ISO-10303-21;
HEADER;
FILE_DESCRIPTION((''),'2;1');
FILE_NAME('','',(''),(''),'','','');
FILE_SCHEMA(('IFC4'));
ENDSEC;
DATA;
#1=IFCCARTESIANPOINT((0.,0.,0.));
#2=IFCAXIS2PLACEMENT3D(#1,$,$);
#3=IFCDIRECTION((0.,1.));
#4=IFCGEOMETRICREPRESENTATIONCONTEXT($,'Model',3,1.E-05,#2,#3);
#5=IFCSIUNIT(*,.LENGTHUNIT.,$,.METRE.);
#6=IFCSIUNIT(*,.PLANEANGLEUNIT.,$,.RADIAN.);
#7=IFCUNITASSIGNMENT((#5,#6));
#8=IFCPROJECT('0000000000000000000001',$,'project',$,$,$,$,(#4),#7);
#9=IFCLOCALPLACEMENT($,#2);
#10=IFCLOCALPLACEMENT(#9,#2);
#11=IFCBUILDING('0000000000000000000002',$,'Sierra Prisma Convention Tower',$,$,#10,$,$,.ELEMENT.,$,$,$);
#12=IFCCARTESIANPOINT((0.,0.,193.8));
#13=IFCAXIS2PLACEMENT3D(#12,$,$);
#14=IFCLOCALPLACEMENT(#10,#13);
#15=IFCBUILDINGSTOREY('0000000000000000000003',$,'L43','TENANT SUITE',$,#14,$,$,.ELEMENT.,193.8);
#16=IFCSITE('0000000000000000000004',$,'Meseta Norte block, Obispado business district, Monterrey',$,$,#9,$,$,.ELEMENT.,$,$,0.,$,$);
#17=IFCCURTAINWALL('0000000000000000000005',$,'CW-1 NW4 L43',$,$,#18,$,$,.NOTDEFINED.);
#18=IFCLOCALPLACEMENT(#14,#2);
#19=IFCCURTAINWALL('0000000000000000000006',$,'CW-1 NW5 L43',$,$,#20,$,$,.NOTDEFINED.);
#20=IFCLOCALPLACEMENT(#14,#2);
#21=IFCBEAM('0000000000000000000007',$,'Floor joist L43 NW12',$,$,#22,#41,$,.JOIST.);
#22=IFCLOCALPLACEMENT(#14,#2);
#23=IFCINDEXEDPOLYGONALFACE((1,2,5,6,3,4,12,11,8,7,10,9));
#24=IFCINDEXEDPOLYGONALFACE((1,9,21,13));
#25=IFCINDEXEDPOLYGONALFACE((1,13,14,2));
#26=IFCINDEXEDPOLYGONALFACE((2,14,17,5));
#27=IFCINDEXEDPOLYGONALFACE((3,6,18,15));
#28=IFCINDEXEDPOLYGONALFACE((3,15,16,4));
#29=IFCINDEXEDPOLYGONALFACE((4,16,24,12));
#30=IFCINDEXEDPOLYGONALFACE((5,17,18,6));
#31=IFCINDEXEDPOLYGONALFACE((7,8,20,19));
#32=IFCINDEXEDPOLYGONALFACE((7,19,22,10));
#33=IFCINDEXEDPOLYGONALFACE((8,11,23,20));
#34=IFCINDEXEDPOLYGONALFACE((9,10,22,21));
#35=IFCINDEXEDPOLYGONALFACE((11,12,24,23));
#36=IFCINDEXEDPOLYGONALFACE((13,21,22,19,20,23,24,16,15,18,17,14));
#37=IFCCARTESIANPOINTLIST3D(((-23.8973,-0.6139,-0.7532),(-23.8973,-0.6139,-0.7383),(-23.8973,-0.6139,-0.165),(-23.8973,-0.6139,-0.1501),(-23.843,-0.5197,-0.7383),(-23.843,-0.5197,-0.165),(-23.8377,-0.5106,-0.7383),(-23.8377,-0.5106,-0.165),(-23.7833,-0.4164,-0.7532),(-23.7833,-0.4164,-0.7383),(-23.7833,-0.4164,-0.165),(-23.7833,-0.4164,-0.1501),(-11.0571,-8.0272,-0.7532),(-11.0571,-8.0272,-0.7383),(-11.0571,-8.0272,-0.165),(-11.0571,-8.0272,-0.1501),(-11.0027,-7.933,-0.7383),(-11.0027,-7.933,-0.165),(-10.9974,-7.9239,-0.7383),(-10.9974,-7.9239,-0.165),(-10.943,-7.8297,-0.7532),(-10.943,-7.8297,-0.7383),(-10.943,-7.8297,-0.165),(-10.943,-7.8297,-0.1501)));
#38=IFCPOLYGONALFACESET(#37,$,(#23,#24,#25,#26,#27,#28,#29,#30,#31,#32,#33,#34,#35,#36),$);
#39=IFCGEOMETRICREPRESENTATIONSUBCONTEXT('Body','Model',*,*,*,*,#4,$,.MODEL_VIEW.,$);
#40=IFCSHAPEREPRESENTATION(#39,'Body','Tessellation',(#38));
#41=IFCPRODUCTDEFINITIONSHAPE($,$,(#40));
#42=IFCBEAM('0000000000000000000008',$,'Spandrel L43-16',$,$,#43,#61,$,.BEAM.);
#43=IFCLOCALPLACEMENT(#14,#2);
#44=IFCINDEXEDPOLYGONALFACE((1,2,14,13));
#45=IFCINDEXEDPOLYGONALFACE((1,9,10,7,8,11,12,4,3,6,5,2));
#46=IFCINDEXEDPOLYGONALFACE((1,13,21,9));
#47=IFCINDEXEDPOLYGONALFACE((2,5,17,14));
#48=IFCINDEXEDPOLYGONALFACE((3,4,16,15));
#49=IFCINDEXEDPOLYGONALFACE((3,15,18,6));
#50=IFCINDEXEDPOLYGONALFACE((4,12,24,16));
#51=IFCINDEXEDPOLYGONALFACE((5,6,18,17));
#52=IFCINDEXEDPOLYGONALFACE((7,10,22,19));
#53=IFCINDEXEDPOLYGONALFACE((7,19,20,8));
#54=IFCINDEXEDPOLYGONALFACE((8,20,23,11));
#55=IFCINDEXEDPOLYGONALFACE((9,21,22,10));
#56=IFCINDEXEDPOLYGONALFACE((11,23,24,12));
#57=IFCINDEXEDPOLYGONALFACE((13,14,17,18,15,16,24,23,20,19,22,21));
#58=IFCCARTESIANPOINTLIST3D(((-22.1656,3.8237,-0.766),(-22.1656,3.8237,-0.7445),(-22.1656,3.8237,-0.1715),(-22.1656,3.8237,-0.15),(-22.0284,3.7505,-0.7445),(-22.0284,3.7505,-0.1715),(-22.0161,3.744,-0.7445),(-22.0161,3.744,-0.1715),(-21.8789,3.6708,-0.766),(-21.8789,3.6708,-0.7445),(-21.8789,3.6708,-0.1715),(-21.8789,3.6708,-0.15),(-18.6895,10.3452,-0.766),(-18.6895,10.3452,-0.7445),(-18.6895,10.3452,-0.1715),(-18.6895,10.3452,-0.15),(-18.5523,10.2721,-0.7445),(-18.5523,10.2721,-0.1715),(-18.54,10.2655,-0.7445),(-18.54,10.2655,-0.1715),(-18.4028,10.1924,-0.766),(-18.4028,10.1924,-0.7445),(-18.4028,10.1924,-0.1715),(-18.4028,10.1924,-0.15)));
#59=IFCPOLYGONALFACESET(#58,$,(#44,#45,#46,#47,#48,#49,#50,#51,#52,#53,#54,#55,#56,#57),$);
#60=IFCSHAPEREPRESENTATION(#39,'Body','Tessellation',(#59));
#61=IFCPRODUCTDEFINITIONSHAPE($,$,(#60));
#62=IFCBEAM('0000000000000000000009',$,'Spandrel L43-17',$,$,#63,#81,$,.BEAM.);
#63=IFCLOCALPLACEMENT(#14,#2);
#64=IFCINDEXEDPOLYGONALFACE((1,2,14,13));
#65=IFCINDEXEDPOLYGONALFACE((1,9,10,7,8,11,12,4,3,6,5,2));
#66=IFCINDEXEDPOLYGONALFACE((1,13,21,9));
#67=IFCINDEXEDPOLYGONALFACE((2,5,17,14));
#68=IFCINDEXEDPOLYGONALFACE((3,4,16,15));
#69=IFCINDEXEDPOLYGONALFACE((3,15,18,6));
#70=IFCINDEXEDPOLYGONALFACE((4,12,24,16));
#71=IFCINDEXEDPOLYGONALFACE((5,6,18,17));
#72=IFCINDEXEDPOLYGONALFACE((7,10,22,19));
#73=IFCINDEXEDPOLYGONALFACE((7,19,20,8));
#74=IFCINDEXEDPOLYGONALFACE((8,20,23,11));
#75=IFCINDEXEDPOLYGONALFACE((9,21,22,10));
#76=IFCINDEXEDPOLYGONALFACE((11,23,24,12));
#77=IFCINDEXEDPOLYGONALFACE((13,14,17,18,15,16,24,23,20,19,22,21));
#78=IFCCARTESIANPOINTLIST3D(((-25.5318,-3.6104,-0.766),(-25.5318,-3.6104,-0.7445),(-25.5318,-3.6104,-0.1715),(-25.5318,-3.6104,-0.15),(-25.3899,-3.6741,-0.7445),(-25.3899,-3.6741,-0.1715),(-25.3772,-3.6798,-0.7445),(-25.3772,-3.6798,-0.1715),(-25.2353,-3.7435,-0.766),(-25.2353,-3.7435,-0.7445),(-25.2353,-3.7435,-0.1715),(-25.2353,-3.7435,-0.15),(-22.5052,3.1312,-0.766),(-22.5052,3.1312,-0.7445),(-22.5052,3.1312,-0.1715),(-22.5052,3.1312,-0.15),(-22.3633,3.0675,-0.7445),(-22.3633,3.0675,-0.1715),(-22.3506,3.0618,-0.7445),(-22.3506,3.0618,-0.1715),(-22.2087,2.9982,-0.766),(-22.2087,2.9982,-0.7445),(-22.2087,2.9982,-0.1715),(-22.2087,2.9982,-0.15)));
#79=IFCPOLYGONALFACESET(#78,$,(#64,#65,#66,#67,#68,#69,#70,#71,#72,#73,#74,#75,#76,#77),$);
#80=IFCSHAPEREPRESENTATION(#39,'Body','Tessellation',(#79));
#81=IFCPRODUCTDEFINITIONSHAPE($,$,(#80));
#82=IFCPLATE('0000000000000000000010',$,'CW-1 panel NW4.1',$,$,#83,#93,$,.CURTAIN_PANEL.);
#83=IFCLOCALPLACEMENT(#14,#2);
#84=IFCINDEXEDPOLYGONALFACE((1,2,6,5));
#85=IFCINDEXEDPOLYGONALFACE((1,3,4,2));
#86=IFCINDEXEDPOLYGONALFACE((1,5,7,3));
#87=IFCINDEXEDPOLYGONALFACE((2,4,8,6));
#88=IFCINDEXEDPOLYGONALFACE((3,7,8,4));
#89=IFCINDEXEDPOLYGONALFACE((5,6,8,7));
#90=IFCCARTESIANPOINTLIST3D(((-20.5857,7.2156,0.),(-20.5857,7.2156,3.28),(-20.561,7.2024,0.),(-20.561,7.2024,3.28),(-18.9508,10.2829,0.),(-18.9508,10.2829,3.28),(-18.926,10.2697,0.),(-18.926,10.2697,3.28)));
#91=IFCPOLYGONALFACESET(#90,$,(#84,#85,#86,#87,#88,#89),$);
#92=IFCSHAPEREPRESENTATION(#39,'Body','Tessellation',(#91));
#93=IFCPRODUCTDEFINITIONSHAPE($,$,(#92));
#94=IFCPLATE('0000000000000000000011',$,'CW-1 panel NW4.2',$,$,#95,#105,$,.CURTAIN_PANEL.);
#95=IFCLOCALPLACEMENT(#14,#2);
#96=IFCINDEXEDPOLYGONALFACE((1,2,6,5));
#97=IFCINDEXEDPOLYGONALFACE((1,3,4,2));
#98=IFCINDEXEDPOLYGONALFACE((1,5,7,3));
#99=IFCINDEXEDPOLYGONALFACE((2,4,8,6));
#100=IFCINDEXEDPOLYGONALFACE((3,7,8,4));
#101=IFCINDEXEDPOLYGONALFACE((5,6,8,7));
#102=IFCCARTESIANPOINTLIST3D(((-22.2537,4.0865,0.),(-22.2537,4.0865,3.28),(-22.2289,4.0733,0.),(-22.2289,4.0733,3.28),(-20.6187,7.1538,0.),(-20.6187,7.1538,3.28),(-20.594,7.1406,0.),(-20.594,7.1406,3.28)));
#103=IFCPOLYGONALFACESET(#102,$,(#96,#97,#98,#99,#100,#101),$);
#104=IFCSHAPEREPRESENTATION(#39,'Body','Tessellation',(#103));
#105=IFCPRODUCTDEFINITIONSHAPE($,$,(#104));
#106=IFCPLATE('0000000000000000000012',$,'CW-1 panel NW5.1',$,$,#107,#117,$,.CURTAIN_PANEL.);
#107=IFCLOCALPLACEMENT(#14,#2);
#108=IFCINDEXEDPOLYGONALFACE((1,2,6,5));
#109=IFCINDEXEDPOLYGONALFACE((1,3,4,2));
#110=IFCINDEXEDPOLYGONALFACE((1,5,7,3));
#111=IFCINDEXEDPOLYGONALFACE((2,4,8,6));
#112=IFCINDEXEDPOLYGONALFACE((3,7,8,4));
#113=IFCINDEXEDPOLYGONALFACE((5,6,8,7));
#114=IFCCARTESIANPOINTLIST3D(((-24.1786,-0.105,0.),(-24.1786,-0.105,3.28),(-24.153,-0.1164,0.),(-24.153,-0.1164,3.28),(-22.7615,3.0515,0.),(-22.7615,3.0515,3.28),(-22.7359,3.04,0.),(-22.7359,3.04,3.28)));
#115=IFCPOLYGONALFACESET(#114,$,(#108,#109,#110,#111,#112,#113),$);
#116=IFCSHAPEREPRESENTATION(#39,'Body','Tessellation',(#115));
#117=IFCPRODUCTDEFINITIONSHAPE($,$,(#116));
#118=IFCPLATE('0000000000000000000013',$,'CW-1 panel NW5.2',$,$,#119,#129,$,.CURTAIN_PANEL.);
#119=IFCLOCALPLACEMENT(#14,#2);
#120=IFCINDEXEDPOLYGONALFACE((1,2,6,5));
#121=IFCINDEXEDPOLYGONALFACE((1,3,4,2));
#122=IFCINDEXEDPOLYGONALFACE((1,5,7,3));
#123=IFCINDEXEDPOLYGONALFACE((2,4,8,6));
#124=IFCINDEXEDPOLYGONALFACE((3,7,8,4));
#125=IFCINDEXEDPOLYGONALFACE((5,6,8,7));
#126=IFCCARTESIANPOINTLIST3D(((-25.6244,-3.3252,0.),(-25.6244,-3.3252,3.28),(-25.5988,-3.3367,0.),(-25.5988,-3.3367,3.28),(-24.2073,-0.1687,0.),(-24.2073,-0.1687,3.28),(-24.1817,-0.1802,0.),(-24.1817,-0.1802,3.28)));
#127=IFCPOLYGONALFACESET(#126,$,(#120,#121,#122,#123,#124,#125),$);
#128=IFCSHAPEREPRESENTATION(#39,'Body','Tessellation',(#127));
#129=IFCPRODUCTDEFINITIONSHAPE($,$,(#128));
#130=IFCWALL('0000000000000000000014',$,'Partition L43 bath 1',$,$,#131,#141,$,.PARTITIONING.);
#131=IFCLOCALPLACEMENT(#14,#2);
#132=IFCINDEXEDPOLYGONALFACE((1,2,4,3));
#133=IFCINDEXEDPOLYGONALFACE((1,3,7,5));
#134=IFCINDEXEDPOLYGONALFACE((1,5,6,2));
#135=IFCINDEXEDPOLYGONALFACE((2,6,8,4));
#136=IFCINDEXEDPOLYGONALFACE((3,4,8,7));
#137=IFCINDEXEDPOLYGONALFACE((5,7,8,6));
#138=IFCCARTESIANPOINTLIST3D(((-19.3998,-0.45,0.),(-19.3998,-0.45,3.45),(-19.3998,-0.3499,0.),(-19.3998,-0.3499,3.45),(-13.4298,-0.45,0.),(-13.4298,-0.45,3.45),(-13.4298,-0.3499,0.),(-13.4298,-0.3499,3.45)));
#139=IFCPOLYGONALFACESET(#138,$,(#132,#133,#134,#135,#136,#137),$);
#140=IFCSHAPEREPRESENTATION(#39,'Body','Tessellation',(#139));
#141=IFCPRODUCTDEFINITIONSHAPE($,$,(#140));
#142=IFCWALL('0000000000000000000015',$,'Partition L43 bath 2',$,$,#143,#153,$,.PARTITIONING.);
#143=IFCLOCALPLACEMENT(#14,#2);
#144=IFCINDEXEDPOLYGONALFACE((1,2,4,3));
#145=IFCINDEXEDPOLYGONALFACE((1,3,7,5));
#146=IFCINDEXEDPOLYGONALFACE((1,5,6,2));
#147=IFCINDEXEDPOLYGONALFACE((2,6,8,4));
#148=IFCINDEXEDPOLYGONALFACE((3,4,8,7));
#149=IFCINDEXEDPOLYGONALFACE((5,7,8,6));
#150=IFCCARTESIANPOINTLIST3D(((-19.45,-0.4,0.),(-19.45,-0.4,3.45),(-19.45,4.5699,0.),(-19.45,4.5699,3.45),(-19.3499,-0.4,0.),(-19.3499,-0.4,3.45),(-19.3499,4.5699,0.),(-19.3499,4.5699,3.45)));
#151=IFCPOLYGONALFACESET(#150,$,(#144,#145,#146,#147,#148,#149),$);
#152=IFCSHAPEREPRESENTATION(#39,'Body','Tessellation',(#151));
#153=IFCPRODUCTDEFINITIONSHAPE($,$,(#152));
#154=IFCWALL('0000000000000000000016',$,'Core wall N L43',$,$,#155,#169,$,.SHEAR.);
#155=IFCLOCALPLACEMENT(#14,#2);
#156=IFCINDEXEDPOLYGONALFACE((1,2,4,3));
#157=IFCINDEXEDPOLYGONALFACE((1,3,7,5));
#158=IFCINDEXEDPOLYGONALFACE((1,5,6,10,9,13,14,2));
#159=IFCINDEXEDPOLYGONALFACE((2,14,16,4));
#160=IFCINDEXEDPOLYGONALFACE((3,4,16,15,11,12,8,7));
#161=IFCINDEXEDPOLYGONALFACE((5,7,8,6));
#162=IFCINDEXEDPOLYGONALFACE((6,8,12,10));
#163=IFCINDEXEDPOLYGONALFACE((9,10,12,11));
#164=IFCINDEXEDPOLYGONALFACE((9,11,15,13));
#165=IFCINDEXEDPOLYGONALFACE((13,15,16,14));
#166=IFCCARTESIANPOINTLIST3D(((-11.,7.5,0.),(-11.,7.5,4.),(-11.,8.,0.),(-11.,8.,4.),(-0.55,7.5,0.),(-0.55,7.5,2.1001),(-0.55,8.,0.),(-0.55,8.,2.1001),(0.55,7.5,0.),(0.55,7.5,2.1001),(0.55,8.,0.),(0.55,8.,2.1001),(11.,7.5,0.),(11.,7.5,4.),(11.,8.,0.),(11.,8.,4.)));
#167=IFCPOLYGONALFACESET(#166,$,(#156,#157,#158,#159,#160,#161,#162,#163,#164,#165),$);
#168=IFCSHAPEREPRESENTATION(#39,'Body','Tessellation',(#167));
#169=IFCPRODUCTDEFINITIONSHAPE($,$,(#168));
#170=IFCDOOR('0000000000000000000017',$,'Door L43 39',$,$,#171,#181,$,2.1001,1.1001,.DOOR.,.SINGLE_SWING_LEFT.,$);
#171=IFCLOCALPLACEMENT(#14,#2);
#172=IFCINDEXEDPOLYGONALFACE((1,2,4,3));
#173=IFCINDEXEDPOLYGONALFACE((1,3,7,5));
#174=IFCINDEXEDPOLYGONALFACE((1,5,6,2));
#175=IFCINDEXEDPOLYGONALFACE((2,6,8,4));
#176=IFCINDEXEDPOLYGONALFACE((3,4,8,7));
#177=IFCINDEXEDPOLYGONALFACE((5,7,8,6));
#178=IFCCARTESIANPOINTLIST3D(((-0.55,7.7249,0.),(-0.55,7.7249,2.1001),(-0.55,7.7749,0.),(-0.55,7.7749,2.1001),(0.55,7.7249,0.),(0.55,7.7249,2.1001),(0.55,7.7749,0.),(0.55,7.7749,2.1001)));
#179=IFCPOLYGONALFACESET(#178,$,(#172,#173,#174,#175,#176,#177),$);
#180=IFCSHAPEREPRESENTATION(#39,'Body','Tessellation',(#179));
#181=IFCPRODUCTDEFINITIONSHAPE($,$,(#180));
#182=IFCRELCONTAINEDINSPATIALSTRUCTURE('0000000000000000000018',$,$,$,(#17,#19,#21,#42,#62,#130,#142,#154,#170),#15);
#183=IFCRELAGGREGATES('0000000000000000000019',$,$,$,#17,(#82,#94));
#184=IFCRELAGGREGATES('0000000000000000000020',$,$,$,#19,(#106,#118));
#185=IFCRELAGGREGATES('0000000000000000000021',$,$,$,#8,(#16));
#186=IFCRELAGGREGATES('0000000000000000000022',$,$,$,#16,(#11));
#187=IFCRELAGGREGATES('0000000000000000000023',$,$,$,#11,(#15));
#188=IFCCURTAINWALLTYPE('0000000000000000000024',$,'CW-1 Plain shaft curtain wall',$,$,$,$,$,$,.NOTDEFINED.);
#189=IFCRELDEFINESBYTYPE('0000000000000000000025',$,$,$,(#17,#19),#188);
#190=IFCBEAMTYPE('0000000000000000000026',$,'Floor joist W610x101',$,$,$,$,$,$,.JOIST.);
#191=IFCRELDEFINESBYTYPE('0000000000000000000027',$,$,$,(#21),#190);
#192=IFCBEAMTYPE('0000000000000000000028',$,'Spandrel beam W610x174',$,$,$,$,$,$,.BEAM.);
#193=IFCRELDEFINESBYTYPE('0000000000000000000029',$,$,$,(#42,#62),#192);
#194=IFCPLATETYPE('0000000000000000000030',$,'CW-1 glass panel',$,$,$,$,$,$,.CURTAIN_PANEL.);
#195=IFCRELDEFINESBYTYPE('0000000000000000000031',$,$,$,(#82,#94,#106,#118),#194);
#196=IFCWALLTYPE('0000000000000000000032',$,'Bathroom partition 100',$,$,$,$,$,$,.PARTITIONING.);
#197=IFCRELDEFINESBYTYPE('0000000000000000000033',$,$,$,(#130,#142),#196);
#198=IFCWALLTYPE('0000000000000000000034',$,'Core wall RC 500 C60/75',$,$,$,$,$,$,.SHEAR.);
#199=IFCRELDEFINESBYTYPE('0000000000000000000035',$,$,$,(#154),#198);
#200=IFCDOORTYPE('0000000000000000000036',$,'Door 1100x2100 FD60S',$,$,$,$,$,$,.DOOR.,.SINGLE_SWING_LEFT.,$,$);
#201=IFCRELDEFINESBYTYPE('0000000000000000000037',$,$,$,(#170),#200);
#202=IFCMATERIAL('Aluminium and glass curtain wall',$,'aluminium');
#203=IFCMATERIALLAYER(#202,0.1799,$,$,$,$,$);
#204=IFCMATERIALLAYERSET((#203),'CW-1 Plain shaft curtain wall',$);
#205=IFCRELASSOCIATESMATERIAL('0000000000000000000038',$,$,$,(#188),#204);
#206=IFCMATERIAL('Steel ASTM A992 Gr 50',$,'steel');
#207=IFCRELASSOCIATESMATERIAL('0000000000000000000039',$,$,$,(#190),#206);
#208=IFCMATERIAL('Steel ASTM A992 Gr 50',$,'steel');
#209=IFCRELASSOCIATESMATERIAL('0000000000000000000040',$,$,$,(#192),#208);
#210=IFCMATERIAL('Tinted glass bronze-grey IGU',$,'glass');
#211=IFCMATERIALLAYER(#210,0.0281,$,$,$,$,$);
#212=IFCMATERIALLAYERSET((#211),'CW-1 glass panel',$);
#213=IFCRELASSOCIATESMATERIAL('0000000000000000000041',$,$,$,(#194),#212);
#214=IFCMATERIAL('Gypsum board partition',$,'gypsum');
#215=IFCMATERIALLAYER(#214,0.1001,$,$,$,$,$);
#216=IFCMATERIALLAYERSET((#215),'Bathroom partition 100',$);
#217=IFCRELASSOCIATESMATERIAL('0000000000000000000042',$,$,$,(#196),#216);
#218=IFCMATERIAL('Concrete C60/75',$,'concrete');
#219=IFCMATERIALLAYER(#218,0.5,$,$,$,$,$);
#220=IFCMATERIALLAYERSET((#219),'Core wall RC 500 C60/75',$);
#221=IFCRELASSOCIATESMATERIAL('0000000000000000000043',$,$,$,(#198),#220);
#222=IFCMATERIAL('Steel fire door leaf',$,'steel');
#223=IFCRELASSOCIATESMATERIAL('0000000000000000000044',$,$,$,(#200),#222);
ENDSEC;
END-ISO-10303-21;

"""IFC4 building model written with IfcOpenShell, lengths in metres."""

from ifc_helpers import new_model, si_unit, direction, frame, frame_2d, origin, origin_2d, place, context, subcontext, project, spatial, rectangle, i_section, extrude, material, layer, layer_set, material_profile, profile_set, type_object, element, fill, aggregate, save


model = new_model("IFC4")

# Units and contexts
model_context = context("Model", 3, precision=1e-05, world=origin(), true_north=direction((0.0, 1.0)))
body_context = subcontext(model_context, "Body", "Model", "MODEL_VIEW")
ifc_project = project(units=[si_unit("LENGTHUNIT", "METRE"), si_unit("PLANEANGLEUNIT", "RADIAN")], contexts=[model_context])

# Site, building, storey
site_placement = place(None, origin())
site = spatial("IfcSite", under=ifc_project, at=site_placement, Name="Meseta Norte block, Obispado business district, Monterrey", CompositionType="ELEMENT", RefElevation=0.0)
building_placement = place(site_placement, origin())
building = spatial("IfcBuilding", under=site, at=building_placement, Name="Sierra Prisma Convention Tower", CompositionType="ELEMENT")
storey_placement = place(building_placement, frame((0.0, 0.0, 193.8)))
storey = spatial("IfcBuildingStorey", under=building, at=storey_placement, Name="L43", Description="TENANT SUITE", CompositionType="ELEMENT", Elevation=193.8)

# Curtain wall
ifc_material_1 = material(Name="Aluminium and glass curtain wall", Category="aluminium")
ifc_layer_1 = layer(ifc_material_1, 0.1799)
ifc_layer_set_1 = layer_set([ifc_layer_1], Name="CW-1 Plain shaft curtain wall")
curtain_wall_type = type_object("IfcCurtainWallType", Name="CW-1 Plain shaft curtain wall", PredefinedType="NOTDEFINED", material=ifc_layer_set_1)
curtain_wall_1_placement = place(storey_placement, origin())
curtain_wall_1 = element("IfcCurtainWall", 1, at=curtain_wall_1_placement, inside=storey, type_object=curtain_wall_type, Name="CW-1 NW4 L43", PredefinedType="NOTDEFINED")

# Curtain wall
curtain_wall_2_placement = place(storey_placement, origin())
curtain_wall_2 = element("IfcCurtainWall", 2, at=curtain_wall_2_placement, inside=storey, type_object=curtain_wall_type, Name="CW-1 NW5 L43", PredefinedType="NOTDEFINED")

# Beams
ifc_material_2 = material(Name="Steel ASTM A992 Gr 50", Category="steel")
ifc_material_profile_1 = material_profile(ifc_material_2, i_section(OverallWidth=0.228, OverallDepth=0.603, WebThickness=0.0105, FlangeThickness=0.0149, at=origin_2d()), Name="W610x101")
ifc_profile_set_1 = profile_set([ifc_material_profile_1], Name="Steel ASTM A992 Gr 50")
beam_type_1 = type_object("IfcBeamType", Name="Floor joist W610x101", PredefinedType="JOIST", material=ifc_profile_set_1)
beam_1_placement = place(storey_placement, frame((-23.8403, -0.5151, -0.4517), z_axis=(0.866027, -0.499998, 0.0), x_axis=(0.499998, 0.866027, 0.0)))
element("IfcBeam", 3, at=beam_1_placement, inside=storey, type_object=beam_type_1, Name="Floor joist L43 NW12", PredefinedType="JOIST", context=body_context, shape_type="SweptSolid", body=[
    extrude(i_section(OverallWidth=0.228, OverallDepth=0.603, WebThickness=0.0105, FlangeThickness=0.0149, at=origin_2d()), origin(), (0.0, 0.0, 1.0), 14.8267),
])
ifc_material_3 = material(Name="Steel ASTM A992 Gr 50", Category="steel")
ifc_material_profile_2 = material_profile(ifc_material_3, i_section(OverallWidth=0.325, OverallDepth=0.616, WebThickness=0.0139, FlangeThickness=0.0215, at=origin_2d()), Name="W610x174")
ifc_profile_set_2 = profile_set([ifc_material_profile_2], Name="Steel ASTM A992 Gr 50")
beam_type_2 = type_object("IfcBeamType", Name="Spandrel beam W610x174", PredefinedType="BEAM", material=ifc_profile_set_2)
beam_2_placement = place(storey_placement, frame((-18.5461, 10.2688, -0.458), z_axis=(-0.470372, -0.882468, 0.0), x_axis=(0.882468, -0.470372, 0.0)))
element("IfcBeam", 4, at=beam_2_placement, inside=storey, type_object=beam_type_2, Name="Spandrel L43-16", PredefinedType="BEAM", context=body_context, shape_type="SweptSolid", body=[
    extrude(i_section(OverallWidth=0.325, OverallDepth=0.616, WebThickness=0.0139, FlangeThickness=0.0215, at=origin_2d()), origin(), (0.0, 0.0, 1.0), 7.3901),
])
beam_3_placement = place(storey_placement, frame((-22.3569, 3.0647, -0.458), z_axis=(-0.40956, -0.912283, 0.0), x_axis=(0.912283, -0.40956, 0.0)))
element("IfcBeam", 5, at=beam_3_placement, inside=storey, type_object=beam_type_2, Name="Spandrel L43-17", PredefinedType="BEAM", context=body_context, shape_type="SweptSolid", body=[
    extrude(i_section(OverallWidth=0.325, OverallDepth=0.616, WebThickness=0.0139, FlangeThickness=0.0215, at=origin_2d()), origin(), (0.0, 0.0, 1.0), 7.3899),
])

# Plates
ifc_material_4 = material(Name="Tinted glass bronze-grey IGU", Category="glass")
ifc_layer_2 = layer(ifc_material_4, 0.0281)
ifc_layer_set_2 = layer_set([ifc_layer_2], Name="CW-1 glass panel")
plate_type = type_object("IfcPlateType", Name="CW-1 glass panel", PredefinedType="CURTAIN_PANEL", material=ifc_layer_set_2)
plate_1_placement = place(storey_placement, frame((-19.7559, 8.7427, 0.0), z_axis=(0.0, 0.0, 1.0), x_axis=(-0.470383, -0.882462, 0.0)))
plate_1 = element("IfcPlate", 6, at=plate_1_placement, type_object=plate_type, Name="CW-1 panel NW4.1", PredefinedType="CURTAIN_PANEL", context=body_context, shape_type="SweptSolid", body=[
    extrude(rectangle(XDim=3.4758, YDim=0.0281, at=origin_2d()), origin(), (0.0, 0.0, 1.0), 3.28),
])
plate_2_placement = place(storey_placement, frame((-21.4238, 5.6135, 0.0), z_axis=(0.0, 0.0, 1.0), x_axis=(-0.470383, -0.882462, 0.0)))
plate_2 = element("IfcPlate", 7, at=plate_2_placement, type_object=plate_type, Name="CW-1 panel NW4.2", PredefinedType="CURTAIN_PANEL", context=body_context, shape_type="SweptSolid", body=[
    extrude(rectangle(XDim=3.4758, YDim=0.0281, at=origin_2d()), origin(), (0.0, 0.0, 1.0), 3.28),
])
aggregate(curtain_wall_1, [plate_1, plate_2])
plate_3_placement = place(storey_placement, frame((-23.4573, 1.4675, 0.0), z_axis=(0.0, 0.0, 1.0), x_axis=(-0.409564, -0.912281, 0.0)))
plate_3 = element("IfcPlate", 8, at=plate_3_placement, type_object=plate_type, Name="CW-1 panel NW5.1", PredefinedType="CURTAIN_PANEL", context=body_context, shape_type="SweptSolid", body=[
    extrude(rectangle(XDim=3.46, YDim=0.0281, at=origin_2d()), origin(), (0.0, 0.0, 1.0), 3.28),
])
plate_4_placement = place(storey_placement, frame((-24.9031, -1.7527, 0.0), z_axis=(0.0, 0.0, 1.0), x_axis=(-0.409564, -0.912281, 0.0)))
plate_4 = element("IfcPlate", 9, at=plate_4_placement, type_object=plate_type, Name="CW-1 panel NW5.2", PredefinedType="CURTAIN_PANEL", context=body_context, shape_type="SweptSolid", body=[
    extrude(rectangle(XDim=3.46, YDim=0.0281, at=origin_2d()), origin(), (0.0, 0.0, 1.0), 3.28),
])
aggregate(curtain_wall_2, [plate_3, plate_4])

# Walls
ifc_material_5 = material(Name="Gypsum board partition", Category="gypsum")
ifc_layer_3 = layer(ifc_material_5, 0.1001)
ifc_layer_set_3 = layer_set([ifc_layer_3], Name="Bathroom partition 100")
wall_type_1 = type_object("IfcWallType", Name="Bathroom partition 100", PredefinedType="PARTITIONING", material=ifc_layer_set_3)
wall_1_placement = place(storey_placement, frame((-13.4299, -0.3999, 0.0), z_axis=(0.0, 0.0, 1.0), x_axis=(-1.0, 0.0, 0.0)))
element("IfcWall", 10, at=wall_1_placement, inside=storey, type_object=wall_type_1, Name="Partition L43 bath 1", PredefinedType="PARTITIONING", context=body_context, shape_type="SweptSolid", body=[
    extrude(rectangle(XDim=5.97, YDim=0.1001, at=frame_2d((2.9849, 0.0))), origin(), (0.0, 0.0, 1.0), 3.45),
])
wall_2_placement = place(storey_placement, frame((-19.3999, -0.3999, 0.0), z_axis=(0.0, 0.0, 1.0), x_axis=(0.0, 1.0, 0.0)))
element("IfcWall", 11, at=wall_2_placement, inside=storey, type_object=wall_type_1, Name="Partition L43 bath 2", PredefinedType="PARTITIONING", context=body_context, shape_type="SweptSolid", body=[
    extrude(rectangle(XDim=4.97, YDim=0.1001, at=frame_2d((2.4849, 0.0))), origin(), (0.0, 0.0, 1.0), 3.45),
])

# Wall, opening, door
ifc_material_6 = material(Name="Concrete C60/75", Category="concrete")
ifc_layer_4 = layer(ifc_material_6, 0.5)
ifc_layer_set_4 = layer_set([ifc_layer_4], Name="Core wall RC 500 C60/75")
wall_type_2 = type_object("IfcWallType", Name="Core wall RC 500 C60/75", PredefinedType="SHEAR", material=ifc_layer_set_4)
wall_3_placement = place(storey_placement, frame((-11.0, 7.75, 0.0), z_axis=(0.0, 0.0, 1.0), x_axis=(1.0, 0.0, 0.0)))
wall_3 = element("IfcWall", 12, at=wall_3_placement, inside=storey, type_object=wall_type_2, Name="Core wall N L43", PredefinedType="SHEAR", context=body_context, shape_type="SweptSolid", body=[
    extrude(rectangle(XDim=22.0, YDim=0.5, at=frame_2d((11.0, 0.0))), origin(), (0.0, 0.0, 1.0), 4.0),
])
opening_1_placement = place(wall_3_placement, frame((10.45, 0.0, 0.0)))
opening_1 = element("IfcOpeningElement", 13, at=opening_1_placement, cuts=wall_3, PredefinedType="OPENING", context=body_context, shape_type="SweptSolid", body=[
    extrude(rectangle(XDim=1.1001, YDim=2.1001, at=frame_2d((0.55, 1.05))), frame((0.0, 0.25, 0.0), z_axis=(0.0, -1.0, 0.0), x_axis=(1.0, 0.0, 0.0)), (0.0, 0.0, 1.0), 0.5),
])
ifc_material_7 = material(Name="Steel fire door leaf", Category="steel")
door_type_1 = type_object("IfcDoorType", Name="Door 1100x2100 FD60S", OperationType="SINGLE_SWING_LEFT", PredefinedType="DOOR", material=ifc_material_7)
door_1_placement = place(opening_1_placement, origin())
door_1 = element("IfcDoor", 14, at=door_1_placement, inside=storey, type_object=door_type_1, Name="Door L43 39", OperationType="SINGLE_SWING_LEFT", OverallHeight=2.1001, OverallWidth=1.1001, PredefinedType="DOOR", context=body_context, shape_type="SweptSolid", body=[
    extrude(rectangle(XDim=1.1001, YDim=2.1001, at=frame_2d((0.55, 1.05))), frame((0.0, 0.0249, 0.0), z_axis=(0.0, -1.0, 0.0), x_axis=(1.0, 0.0, 0.0)), (0.0, 0.0, 1.0), 0.05),
])
fill(opening_1, door_1)

save(model, "model.ifc")
